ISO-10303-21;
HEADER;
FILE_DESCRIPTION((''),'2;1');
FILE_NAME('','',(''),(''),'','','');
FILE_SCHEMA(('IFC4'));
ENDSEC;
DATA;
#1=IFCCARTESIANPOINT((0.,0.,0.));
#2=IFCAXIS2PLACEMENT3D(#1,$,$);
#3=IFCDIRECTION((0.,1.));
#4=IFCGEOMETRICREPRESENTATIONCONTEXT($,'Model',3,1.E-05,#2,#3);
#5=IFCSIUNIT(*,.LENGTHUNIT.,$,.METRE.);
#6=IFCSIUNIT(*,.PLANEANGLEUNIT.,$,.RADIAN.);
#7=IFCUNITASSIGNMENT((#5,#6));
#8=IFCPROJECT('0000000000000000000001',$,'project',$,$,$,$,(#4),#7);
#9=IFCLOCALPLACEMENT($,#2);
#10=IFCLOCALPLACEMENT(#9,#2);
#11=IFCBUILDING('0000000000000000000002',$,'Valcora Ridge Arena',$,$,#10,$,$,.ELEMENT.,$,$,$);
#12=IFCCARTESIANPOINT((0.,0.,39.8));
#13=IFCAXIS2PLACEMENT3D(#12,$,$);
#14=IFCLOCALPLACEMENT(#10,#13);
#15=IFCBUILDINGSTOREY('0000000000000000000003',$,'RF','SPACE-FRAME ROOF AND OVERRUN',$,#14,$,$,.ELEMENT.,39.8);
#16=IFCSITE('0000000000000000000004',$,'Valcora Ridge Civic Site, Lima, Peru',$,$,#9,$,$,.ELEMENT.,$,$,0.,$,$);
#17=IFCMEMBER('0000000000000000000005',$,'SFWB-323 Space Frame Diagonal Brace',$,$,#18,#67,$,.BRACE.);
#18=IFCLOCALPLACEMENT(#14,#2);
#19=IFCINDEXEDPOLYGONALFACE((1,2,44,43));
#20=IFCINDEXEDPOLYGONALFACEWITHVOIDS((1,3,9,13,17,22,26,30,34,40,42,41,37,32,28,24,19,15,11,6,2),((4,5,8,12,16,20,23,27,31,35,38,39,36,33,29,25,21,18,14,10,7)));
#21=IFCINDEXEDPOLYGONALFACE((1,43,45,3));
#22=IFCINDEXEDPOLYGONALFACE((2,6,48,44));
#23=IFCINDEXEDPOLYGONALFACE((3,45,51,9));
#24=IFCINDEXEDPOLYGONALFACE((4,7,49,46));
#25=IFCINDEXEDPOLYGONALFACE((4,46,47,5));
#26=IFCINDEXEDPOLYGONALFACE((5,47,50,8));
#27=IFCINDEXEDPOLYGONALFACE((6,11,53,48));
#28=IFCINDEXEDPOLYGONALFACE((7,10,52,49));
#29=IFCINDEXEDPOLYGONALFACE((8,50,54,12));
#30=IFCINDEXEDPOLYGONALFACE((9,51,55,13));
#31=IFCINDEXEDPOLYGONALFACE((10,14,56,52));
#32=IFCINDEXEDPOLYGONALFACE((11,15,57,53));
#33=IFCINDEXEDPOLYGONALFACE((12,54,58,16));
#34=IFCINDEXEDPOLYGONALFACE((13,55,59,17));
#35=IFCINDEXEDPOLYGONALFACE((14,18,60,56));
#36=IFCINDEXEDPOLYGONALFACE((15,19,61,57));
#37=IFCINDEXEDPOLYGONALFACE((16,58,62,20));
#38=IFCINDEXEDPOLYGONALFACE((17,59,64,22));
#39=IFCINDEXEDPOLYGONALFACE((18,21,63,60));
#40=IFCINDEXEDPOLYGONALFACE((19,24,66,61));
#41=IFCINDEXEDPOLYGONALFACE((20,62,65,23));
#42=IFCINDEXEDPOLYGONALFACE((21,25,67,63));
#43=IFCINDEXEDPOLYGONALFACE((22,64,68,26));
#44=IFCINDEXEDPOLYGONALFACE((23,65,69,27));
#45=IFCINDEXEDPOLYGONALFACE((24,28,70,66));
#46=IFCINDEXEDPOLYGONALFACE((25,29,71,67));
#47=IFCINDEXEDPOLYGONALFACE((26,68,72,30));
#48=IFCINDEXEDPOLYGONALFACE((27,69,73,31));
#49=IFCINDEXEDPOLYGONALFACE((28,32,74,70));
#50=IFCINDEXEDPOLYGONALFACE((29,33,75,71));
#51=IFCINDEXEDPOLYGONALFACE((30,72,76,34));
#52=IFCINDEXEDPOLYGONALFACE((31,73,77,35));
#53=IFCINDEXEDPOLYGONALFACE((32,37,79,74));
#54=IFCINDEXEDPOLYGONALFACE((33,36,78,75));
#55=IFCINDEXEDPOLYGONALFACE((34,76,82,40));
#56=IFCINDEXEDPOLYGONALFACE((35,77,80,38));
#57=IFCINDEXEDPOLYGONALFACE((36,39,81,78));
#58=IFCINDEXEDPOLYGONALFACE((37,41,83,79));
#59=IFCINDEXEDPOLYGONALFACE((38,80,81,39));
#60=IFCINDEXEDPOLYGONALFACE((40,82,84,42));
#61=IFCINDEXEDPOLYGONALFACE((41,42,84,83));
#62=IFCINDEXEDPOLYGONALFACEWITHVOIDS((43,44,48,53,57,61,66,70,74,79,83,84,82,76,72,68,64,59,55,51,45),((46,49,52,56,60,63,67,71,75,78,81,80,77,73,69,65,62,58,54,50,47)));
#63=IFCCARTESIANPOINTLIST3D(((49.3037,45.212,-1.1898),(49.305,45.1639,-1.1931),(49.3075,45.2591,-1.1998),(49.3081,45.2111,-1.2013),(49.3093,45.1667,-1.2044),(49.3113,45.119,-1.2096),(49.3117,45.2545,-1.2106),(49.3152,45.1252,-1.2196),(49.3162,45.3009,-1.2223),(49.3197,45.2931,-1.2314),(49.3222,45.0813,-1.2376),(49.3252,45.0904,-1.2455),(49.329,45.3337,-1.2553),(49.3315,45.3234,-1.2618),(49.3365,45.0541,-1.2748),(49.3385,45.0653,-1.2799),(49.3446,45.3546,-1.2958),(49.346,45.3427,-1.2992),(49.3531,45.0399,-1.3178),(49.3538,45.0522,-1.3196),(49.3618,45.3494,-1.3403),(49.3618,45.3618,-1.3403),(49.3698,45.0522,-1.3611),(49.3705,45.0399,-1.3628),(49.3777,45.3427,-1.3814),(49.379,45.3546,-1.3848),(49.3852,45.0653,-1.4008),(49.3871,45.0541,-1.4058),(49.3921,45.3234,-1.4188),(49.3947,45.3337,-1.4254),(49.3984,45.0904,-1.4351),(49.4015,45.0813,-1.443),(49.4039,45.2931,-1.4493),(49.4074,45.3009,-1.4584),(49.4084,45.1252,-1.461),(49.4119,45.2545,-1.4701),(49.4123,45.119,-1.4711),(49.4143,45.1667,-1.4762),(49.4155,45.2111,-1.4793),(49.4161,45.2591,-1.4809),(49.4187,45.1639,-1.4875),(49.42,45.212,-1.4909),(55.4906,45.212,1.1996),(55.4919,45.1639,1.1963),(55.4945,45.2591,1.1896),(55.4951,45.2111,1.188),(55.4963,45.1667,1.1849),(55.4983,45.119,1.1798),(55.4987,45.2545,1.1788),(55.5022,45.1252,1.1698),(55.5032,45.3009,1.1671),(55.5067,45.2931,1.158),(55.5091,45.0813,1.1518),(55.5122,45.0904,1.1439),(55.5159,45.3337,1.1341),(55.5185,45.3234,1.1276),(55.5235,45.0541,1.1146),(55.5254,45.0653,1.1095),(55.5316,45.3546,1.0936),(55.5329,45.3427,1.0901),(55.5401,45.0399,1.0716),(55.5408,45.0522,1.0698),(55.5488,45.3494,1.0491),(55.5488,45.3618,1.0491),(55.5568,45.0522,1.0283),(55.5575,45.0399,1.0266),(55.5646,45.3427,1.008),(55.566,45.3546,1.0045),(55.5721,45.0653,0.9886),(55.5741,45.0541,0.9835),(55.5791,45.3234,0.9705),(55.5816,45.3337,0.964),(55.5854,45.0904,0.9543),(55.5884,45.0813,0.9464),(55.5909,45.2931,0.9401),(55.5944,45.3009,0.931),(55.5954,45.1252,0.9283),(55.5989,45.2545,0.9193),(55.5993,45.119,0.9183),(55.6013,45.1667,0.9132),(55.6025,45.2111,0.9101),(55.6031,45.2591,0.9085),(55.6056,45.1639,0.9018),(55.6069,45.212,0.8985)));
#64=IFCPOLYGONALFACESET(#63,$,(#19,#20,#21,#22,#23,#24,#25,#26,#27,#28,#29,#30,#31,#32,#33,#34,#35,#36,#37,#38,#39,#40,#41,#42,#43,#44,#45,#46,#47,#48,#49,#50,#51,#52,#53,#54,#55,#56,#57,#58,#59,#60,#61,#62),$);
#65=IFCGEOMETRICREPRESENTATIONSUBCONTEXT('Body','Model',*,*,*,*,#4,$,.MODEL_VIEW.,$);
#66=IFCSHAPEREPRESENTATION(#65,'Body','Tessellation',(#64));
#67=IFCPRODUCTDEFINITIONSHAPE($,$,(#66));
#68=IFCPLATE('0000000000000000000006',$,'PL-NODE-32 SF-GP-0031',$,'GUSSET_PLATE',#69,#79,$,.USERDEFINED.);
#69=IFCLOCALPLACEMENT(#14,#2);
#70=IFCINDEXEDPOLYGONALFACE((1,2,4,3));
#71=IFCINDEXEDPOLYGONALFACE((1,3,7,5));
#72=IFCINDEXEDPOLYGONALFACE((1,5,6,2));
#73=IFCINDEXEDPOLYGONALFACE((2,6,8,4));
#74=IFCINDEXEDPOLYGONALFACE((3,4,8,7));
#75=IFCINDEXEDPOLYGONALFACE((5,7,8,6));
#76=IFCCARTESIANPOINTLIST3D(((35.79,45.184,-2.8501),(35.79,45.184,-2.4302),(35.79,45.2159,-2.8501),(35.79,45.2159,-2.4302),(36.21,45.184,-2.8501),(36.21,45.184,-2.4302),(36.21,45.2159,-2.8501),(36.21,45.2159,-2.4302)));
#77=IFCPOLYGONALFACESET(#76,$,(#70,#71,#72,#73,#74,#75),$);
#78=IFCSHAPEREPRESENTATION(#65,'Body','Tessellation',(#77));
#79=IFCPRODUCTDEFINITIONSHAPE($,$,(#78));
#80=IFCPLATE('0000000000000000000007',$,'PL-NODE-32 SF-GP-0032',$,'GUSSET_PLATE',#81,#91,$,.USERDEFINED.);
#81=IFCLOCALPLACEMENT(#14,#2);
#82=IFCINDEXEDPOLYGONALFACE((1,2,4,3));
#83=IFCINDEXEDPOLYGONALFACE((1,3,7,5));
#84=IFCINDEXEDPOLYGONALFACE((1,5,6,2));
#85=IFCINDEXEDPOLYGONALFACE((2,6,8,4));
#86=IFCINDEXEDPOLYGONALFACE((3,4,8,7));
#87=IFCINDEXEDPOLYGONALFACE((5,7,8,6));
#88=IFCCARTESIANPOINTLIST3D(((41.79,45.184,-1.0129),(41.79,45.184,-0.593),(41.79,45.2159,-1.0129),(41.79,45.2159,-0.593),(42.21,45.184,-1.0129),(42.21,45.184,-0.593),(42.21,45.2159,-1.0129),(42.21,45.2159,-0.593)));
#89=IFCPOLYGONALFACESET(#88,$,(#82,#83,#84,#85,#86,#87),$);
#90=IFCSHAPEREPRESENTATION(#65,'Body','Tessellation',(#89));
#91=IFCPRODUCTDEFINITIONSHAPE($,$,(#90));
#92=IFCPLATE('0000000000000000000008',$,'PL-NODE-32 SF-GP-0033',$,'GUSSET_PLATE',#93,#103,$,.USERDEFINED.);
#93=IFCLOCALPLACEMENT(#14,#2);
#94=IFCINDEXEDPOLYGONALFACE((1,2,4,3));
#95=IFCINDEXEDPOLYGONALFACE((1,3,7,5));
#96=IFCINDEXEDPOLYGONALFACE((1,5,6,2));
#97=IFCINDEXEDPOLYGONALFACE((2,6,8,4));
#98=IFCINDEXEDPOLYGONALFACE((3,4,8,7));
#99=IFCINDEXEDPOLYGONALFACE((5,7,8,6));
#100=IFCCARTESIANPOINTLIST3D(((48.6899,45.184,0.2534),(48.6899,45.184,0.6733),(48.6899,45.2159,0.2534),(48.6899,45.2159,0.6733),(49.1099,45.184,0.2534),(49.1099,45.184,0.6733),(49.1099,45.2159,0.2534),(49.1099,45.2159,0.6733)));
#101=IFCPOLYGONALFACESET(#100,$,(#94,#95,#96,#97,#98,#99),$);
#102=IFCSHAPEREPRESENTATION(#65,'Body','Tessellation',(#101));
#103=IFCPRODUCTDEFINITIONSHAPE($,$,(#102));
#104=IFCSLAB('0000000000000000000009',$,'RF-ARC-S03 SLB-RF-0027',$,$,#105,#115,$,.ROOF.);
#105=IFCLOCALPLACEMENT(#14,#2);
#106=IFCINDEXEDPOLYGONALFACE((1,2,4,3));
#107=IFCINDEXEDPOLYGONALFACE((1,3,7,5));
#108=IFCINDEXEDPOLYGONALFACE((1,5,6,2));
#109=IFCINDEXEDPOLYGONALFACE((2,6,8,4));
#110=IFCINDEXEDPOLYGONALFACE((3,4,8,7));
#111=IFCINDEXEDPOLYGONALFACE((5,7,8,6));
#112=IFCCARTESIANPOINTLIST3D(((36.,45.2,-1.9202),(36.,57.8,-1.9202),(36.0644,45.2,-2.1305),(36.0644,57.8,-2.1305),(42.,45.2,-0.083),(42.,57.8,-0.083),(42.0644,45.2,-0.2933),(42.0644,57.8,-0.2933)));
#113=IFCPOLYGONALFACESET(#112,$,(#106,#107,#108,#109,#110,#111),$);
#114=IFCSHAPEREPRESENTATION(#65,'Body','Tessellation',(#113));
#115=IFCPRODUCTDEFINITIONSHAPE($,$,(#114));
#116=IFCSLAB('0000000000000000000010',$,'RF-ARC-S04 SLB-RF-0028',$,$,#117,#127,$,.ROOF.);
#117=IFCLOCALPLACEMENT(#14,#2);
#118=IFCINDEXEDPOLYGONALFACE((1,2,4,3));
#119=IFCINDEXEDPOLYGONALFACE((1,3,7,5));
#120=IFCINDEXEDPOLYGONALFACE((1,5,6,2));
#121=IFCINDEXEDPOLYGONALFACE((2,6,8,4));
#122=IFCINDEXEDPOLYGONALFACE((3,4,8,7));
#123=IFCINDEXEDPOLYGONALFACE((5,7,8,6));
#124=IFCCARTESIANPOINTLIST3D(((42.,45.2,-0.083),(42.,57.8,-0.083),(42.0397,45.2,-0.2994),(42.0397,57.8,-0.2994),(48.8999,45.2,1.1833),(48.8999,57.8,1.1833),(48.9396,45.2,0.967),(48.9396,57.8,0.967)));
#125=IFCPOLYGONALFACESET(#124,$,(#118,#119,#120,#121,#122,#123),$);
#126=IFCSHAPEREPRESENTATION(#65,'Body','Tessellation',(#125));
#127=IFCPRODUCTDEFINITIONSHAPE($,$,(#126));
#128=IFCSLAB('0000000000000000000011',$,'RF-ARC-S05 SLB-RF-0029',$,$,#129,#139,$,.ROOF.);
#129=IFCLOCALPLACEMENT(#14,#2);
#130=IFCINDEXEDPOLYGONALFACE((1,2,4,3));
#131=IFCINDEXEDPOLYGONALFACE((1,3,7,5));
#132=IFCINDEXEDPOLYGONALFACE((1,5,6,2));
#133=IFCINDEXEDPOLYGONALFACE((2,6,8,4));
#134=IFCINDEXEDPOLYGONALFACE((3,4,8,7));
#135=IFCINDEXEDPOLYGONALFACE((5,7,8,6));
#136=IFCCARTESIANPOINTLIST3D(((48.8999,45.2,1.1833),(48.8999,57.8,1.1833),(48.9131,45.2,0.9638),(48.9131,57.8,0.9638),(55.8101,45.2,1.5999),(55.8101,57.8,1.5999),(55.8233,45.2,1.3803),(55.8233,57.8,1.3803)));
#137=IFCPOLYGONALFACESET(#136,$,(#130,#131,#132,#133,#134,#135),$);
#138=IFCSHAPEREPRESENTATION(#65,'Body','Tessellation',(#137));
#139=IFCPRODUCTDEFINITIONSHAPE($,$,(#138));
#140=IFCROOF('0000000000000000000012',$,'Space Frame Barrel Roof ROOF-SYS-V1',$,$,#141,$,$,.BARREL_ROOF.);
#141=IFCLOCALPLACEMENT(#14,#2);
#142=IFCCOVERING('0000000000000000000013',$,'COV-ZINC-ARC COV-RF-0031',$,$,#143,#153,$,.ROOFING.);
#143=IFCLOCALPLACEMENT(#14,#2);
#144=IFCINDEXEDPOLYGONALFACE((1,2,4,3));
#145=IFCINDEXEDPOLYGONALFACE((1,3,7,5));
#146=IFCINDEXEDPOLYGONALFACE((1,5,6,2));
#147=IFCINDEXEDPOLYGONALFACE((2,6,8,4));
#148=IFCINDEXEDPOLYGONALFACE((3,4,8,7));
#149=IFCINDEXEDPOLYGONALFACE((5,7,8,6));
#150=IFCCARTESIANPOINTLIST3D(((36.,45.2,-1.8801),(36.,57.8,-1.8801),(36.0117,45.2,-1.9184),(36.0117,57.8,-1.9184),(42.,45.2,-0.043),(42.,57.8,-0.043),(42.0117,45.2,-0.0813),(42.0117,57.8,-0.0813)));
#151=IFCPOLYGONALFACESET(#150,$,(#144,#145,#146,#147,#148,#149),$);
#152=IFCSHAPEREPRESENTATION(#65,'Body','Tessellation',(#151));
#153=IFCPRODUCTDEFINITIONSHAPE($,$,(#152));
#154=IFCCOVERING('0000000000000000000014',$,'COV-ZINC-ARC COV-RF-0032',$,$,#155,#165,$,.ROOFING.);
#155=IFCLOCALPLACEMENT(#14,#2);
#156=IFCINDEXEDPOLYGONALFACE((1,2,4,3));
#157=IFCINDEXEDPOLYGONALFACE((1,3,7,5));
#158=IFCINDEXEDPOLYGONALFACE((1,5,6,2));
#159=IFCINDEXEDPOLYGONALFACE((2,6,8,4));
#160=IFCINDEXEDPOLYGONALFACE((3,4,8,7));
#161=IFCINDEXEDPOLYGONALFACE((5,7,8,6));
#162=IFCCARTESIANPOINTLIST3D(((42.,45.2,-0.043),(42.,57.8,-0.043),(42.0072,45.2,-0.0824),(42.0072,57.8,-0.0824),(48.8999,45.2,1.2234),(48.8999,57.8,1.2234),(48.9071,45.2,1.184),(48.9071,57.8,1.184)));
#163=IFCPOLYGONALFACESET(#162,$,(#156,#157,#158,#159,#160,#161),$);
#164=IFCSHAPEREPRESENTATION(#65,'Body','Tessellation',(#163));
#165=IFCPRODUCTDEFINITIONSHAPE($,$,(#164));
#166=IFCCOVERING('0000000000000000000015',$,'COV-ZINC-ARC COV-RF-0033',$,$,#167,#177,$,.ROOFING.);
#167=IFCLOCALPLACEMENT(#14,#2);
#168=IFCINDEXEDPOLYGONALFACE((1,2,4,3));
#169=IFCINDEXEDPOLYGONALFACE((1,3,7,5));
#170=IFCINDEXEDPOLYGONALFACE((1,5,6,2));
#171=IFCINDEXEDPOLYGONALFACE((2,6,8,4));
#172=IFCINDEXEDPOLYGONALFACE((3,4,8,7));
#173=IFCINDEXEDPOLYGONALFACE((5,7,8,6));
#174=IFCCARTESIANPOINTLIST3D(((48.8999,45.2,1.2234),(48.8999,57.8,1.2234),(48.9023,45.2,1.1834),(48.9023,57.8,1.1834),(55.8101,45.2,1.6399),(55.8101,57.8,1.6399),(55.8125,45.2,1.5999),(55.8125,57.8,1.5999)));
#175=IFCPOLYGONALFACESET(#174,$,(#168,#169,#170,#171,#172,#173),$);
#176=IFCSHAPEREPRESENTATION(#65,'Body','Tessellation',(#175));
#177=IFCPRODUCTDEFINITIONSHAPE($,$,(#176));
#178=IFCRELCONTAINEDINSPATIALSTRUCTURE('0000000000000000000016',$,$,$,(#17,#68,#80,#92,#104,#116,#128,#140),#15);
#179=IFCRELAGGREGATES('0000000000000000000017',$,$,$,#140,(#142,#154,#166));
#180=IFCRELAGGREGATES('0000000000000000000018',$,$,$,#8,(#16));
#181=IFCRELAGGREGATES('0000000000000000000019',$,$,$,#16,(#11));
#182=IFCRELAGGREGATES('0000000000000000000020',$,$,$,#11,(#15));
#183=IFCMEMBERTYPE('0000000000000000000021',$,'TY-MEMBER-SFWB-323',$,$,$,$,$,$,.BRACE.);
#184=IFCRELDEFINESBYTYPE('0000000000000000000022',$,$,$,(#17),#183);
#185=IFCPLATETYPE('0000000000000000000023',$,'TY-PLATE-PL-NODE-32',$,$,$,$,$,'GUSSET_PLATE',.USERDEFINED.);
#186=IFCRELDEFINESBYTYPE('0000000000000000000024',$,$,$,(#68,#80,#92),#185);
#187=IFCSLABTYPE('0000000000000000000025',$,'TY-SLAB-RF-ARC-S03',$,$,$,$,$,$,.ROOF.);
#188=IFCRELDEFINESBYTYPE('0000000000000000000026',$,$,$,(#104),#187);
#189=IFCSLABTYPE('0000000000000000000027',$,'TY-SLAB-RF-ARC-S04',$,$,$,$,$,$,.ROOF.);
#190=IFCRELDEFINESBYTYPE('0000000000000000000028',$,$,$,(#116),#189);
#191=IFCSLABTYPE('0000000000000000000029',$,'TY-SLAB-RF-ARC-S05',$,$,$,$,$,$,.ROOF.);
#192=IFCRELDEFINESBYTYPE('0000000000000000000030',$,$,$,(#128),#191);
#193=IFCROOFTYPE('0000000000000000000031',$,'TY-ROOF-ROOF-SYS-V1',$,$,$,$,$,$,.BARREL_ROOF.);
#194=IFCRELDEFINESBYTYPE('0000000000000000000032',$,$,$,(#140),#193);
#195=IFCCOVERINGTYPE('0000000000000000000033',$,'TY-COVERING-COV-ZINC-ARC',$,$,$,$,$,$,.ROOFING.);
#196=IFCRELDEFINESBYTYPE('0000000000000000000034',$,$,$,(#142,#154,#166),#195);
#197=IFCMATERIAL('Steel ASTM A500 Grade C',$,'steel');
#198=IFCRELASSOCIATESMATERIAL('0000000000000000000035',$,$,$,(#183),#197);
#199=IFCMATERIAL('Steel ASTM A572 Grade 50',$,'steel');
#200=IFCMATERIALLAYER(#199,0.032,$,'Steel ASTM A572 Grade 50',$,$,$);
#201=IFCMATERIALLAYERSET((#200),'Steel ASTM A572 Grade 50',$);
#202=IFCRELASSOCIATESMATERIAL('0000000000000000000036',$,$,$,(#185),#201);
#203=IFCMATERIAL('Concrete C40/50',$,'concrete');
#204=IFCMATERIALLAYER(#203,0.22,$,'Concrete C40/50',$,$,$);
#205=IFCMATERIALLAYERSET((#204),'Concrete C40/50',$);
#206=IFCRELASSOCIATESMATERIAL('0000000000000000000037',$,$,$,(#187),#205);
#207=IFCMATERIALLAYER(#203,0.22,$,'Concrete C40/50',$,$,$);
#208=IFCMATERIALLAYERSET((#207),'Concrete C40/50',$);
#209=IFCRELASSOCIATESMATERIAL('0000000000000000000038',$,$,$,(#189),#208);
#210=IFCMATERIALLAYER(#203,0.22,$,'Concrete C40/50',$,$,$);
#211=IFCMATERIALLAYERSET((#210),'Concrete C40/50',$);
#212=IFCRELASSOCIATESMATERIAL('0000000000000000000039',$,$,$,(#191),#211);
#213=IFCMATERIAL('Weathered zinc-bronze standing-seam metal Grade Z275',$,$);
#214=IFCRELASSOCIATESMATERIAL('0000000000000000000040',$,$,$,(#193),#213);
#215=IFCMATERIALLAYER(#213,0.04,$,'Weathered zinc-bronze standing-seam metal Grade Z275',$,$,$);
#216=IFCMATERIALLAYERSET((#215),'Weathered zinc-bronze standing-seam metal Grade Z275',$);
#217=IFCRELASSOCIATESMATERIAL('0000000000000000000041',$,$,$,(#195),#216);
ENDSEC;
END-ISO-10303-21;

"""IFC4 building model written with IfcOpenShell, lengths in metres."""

from ifc_helpers import new_model, si_unit, direction, frame, origin, origin_2d, place, context, subcontext, project, spatial, polyline, rectangle, hollow_circle, outline, extrude, material, layer, layer_set, material_profile, profile_set, type_object, element, aggregate, save


model = new_model("IFC4")

# Units and contexts
model_context = context("Model", 3, precision=1e-05, world=origin(), true_north=direction((0.0, 1.0)))
body_context = subcontext(model_context, "Body", "Model", "MODEL_VIEW")
ifc_project = project(units=[si_unit("LENGTHUNIT", "METRE"), si_unit("PLANEANGLEUNIT", "RADIAN")], contexts=[model_context])

# Site, building, storey
site_placement = place(None, origin())
site = spatial("IfcSite", under=ifc_project, at=site_placement, Name="Valcora Ridge Civic Site, Lima, Peru", CompositionType="ELEMENT", RefElevation=0.0)
building_placement = place(site_placement, origin())
building = spatial("IfcBuilding", under=site, at=building_placement, Name="Valcora Ridge Arena", CompositionType="ELEMENT")
storey_placement = place(building_placement, frame((0.0, 0.0, 39.8)))
storey = spatial("IfcBuildingStorey", under=building, at=storey_placement, Name="RF", Description="SPACE-FRAME ROOF AND OVERRUN", CompositionType="ELEMENT", Elevation=39.8)

# Member
ifc_material_1 = material(Name="Steel ASTM A572 Grade 50", Category="steel")
ifc_material_2 = material(Name="Steel ASTM A500 Grade C", Category="steel")
ifc_material_profile_1 = material_profile(ifc_material_2, hollow_circle(Radius=0.1619, WallThickness=0.0125, at=origin_2d()), Name="CHS323X12")
ifc_profile_set_1 = profile_set([ifc_material_profile_1], Name="Steel ASTM A500 Grade C")
member_type_1 = type_object("IfcMemberType", Name="TY-MEMBER-SFWB-323", PredefinedType="BRACE", material=ifc_profile_set_1)
member_1_placement = place(storey_placement, frame((49.3618, 45.2, -1.3403), z_axis=(0.93285, 0.0, 0.360264), x_axis=(0.0, 1.0, 0.0)))
element("IfcMember", 1, at=member_1_placement, inside=storey, type_object=member_type_1, Name="SFWB-323 Space Frame Diagonal Brace", PredefinedType="BRACE", context=body_context, shape_type="SweptSolid", body=[
    extrude(hollow_circle(Radius=0.1619, WallThickness=0.0125, at=origin_2d()), origin(), (0.0, 0.0, 1.0), 6.6323),
])

# Plates
ifc_layer_1 = layer(ifc_material_1, 0.032, Name="Steel ASTM A572 Grade 50")
ifc_layer_set_1 = layer_set([ifc_layer_1], Name="Steel ASTM A572 Grade 50")
plate_type = type_object("IfcPlateType", Name="TY-PLATE-PL-NODE-32", ElementType="GUSSET_PLATE", PredefinedType="USERDEFINED", material=ifc_layer_set_1)
for number, where, z_axis, x_axis, name in (
    (2, (36.0, 45.2, -2.8501), (0.0, 0.0, 1.0), (1.0, 0.0, 0.0), "PL-NODE-32 SF-GP-0031"),
    (3, (42.0, 45.2, -1.0129), (0.0, 0.0, 1.0), (1.0, 0.0, 0.0), "PL-NODE-32 SF-GP-0032"),
    (4, (48.8999, 45.2, 0.2534), (0.0, 0.0, 1.0), (1.0, 0.0, 0.0), "PL-NODE-32 SF-GP-0033"),
):
    element("IfcPlate", number, at=place(storey_placement, frame(where, z_axis=z_axis, x_axis=x_axis)), inside=storey, type_object=plate_type, Name=name, ObjectType="GUSSET_PLATE", PredefinedType="USERDEFINED", context=body_context, shape_type="SweptSolid", body=[
        extrude(rectangle(XDim=0.4199, YDim=0.032, at=origin_2d()), origin(), (0.0, 0.0, 1.0), 0.4199),
    ])

# Slabs
ifc_material_3 = material(Name="Concrete C40/50", Category="concrete")
ifc_layer_2 = layer(ifc_material_3, 0.22, Name="Concrete C40/50")
ifc_layer_set_2 = layer_set([ifc_layer_2], Name="Concrete C40/50")
slab_type_1 = type_object("IfcSlabType", Name="TY-SLAB-RF-ARC-S03", PredefinedType="ROOF", material=ifc_layer_set_2)
slab_1_placement = place(storey_placement, frame((36.0, 45.2, -1.9202), z_axis=(-0.292776, 0.0, 0.956181), x_axis=(0.956181, 0.0, 0.292776)))
element("IfcSlab", 5, at=slab_1_placement, inside=storey, type_object=slab_type_1, Name="RF-ARC-S03 SLB-RF-0027", PredefinedType="ROOF", context=body_context, shape_type="SweptSolid", body=[
    extrude(outline(polyline([(0.0, 0.0), (6.275, 0.0), (6.275, 12.6001), (0.0, 12.6001), (0.0, 0.0)])), origin(), (0.0, 0.0, -1.0), 0.22),
])
ifc_layer_3 = layer(ifc_material_3, 0.22, Name="Concrete C40/50")
ifc_layer_set_3 = layer_set([ifc_layer_3], Name="Concrete C40/50")
slab_type_2 = type_object("IfcSlabType", Name="TY-SLAB-RF-ARC-S04", PredefinedType="ROOF", material=ifc_layer_set_3)
slab_2_placement = place(storey_placement, frame((42.0, 45.2, -0.083), z_axis=(-0.180518, 0.0, 0.983572), x_axis=(0.983572, 0.0, 0.180518)))
element("IfcSlab", 6, at=slab_2_placement, inside=storey, type_object=slab_type_2, Name="RF-ARC-S04 SLB-RF-0028", PredefinedType="ROOF", context=body_context, shape_type="SweptSolid", body=[
    extrude(outline(polyline([(0.0, 0.0), (7.0151, 0.0), (7.0151, 12.6001), (0.0, 12.6001), (0.0, 0.0)])), origin(), (0.0, 0.0, -1.0), 0.22),
])
ifc_layer_4 = layer(ifc_material_3, 0.22, Name="Concrete C40/50")
ifc_layer_set_4 = layer_set([ifc_layer_4], Name="Concrete C40/50")
slab_type_3 = type_object("IfcSlabType", Name="TY-SLAB-RF-ARC-S05", PredefinedType="ROOF", material=ifc_layer_set_4)
slab_3_placement = place(storey_placement, frame((48.8999, 45.2, 1.1833), z_axis=(-0.060165, 0.0, 0.998188), x_axis=(0.998188, 0.0, 0.060165)))
element("IfcSlab", 7, at=slab_3_placement, inside=storey, type_object=slab_type_3, Name="RF-ARC-S05 SLB-RF-0029", PredefinedType="ROOF", context=body_context, shape_type="SweptSolid", body=[
    extrude(outline(polyline([(0.0, 0.0), (6.9227, 0.0), (6.9227, 12.6001), (0.0, 12.6001), (0.0, 0.0)])), origin(), (0.0, 0.0, -1.0), 0.22),
])

# Roof, coverings
ifc_material_4 = material(Name="Weathered zinc-bronze standing-seam metal Grade Z275")
roof_type = type_object("IfcRoofType", Name="TY-ROOF-ROOF-SYS-V1", PredefinedType="BARREL_ROOF", material=ifc_material_4)
roof_placement = place(storey_placement, origin())
roof = element("IfcRoof", 8, at=roof_placement, inside=storey, type_object=roof_type, Name="Space Frame Barrel Roof ROOF-SYS-V1", PredefinedType="BARREL_ROOF")
ifc_layer_5 = layer(ifc_material_4, 0.04, Name="Weathered zinc-bronze standing-seam metal Grade Z275")
ifc_layer_set_5 = layer_set([ifc_layer_5], Name="Weathered zinc-bronze standing-seam metal Grade Z275")
covering_type = type_object("IfcCoveringType", Name="TY-COVERING-COV-ZINC-ARC", PredefinedType="ROOFING", material=ifc_layer_set_5)
covering_1_placement = place(storey_placement, frame((36.0, 45.2, -1.8801), z_axis=(-0.292776, 0.0, 0.956181), x_axis=(0.956181, 0.0, 0.292776)))
covering_1 = element("IfcCovering", 9, at=covering_1_placement, type_object=covering_type, Name="COV-ZINC-ARC COV-RF-0031", PredefinedType="ROOFING", context=body_context, shape_type="SweptSolid", body=[
    extrude(outline(polyline([(0.0, 0.0), (6.275, 0.0), (6.275, 12.6001), (0.0, 12.6001), (0.0, 0.0)])), origin(), (0.0, 0.0, -1.0), 0.04),
])
covering_2_placement = place(storey_placement, frame((42.0, 45.2, -0.043), z_axis=(-0.180518, 0.0, 0.983572), x_axis=(0.983572, 0.0, 0.180518)))
covering_2 = element("IfcCovering", 10, at=covering_2_placement, type_object=covering_type, Name="COV-ZINC-ARC COV-RF-0032", PredefinedType="ROOFING", context=body_context, shape_type="SweptSolid", body=[
    extrude(outline(polyline([(0.0, 0.0), (7.0151, 0.0), (7.0151, 12.6001), (0.0, 12.6001), (0.0, 0.0)])), origin(), (0.0, 0.0, -1.0), 0.04),
])
covering_3_placement = place(storey_placement, frame((48.8999, 45.2, 1.2234), z_axis=(-0.060165, 0.0, 0.998188), x_axis=(0.998188, 0.0, 0.060165)))
covering_3 = element("IfcCovering", 11, at=covering_3_placement, type_object=covering_type, Name="COV-ZINC-ARC COV-RF-0033", PredefinedType="ROOFING", context=body_context, shape_type="SweptSolid", body=[
    extrude(outline(polyline([(0.0, 0.0), (6.9227, 0.0), (6.9227, 12.6001), (0.0, 12.6001), (0.0, 0.0)])), origin(), (0.0, 0.0, -1.0), 0.04),
])
aggregate(roof, [covering_1, covering_2, covering_3])

save(model, "model.ifc")
